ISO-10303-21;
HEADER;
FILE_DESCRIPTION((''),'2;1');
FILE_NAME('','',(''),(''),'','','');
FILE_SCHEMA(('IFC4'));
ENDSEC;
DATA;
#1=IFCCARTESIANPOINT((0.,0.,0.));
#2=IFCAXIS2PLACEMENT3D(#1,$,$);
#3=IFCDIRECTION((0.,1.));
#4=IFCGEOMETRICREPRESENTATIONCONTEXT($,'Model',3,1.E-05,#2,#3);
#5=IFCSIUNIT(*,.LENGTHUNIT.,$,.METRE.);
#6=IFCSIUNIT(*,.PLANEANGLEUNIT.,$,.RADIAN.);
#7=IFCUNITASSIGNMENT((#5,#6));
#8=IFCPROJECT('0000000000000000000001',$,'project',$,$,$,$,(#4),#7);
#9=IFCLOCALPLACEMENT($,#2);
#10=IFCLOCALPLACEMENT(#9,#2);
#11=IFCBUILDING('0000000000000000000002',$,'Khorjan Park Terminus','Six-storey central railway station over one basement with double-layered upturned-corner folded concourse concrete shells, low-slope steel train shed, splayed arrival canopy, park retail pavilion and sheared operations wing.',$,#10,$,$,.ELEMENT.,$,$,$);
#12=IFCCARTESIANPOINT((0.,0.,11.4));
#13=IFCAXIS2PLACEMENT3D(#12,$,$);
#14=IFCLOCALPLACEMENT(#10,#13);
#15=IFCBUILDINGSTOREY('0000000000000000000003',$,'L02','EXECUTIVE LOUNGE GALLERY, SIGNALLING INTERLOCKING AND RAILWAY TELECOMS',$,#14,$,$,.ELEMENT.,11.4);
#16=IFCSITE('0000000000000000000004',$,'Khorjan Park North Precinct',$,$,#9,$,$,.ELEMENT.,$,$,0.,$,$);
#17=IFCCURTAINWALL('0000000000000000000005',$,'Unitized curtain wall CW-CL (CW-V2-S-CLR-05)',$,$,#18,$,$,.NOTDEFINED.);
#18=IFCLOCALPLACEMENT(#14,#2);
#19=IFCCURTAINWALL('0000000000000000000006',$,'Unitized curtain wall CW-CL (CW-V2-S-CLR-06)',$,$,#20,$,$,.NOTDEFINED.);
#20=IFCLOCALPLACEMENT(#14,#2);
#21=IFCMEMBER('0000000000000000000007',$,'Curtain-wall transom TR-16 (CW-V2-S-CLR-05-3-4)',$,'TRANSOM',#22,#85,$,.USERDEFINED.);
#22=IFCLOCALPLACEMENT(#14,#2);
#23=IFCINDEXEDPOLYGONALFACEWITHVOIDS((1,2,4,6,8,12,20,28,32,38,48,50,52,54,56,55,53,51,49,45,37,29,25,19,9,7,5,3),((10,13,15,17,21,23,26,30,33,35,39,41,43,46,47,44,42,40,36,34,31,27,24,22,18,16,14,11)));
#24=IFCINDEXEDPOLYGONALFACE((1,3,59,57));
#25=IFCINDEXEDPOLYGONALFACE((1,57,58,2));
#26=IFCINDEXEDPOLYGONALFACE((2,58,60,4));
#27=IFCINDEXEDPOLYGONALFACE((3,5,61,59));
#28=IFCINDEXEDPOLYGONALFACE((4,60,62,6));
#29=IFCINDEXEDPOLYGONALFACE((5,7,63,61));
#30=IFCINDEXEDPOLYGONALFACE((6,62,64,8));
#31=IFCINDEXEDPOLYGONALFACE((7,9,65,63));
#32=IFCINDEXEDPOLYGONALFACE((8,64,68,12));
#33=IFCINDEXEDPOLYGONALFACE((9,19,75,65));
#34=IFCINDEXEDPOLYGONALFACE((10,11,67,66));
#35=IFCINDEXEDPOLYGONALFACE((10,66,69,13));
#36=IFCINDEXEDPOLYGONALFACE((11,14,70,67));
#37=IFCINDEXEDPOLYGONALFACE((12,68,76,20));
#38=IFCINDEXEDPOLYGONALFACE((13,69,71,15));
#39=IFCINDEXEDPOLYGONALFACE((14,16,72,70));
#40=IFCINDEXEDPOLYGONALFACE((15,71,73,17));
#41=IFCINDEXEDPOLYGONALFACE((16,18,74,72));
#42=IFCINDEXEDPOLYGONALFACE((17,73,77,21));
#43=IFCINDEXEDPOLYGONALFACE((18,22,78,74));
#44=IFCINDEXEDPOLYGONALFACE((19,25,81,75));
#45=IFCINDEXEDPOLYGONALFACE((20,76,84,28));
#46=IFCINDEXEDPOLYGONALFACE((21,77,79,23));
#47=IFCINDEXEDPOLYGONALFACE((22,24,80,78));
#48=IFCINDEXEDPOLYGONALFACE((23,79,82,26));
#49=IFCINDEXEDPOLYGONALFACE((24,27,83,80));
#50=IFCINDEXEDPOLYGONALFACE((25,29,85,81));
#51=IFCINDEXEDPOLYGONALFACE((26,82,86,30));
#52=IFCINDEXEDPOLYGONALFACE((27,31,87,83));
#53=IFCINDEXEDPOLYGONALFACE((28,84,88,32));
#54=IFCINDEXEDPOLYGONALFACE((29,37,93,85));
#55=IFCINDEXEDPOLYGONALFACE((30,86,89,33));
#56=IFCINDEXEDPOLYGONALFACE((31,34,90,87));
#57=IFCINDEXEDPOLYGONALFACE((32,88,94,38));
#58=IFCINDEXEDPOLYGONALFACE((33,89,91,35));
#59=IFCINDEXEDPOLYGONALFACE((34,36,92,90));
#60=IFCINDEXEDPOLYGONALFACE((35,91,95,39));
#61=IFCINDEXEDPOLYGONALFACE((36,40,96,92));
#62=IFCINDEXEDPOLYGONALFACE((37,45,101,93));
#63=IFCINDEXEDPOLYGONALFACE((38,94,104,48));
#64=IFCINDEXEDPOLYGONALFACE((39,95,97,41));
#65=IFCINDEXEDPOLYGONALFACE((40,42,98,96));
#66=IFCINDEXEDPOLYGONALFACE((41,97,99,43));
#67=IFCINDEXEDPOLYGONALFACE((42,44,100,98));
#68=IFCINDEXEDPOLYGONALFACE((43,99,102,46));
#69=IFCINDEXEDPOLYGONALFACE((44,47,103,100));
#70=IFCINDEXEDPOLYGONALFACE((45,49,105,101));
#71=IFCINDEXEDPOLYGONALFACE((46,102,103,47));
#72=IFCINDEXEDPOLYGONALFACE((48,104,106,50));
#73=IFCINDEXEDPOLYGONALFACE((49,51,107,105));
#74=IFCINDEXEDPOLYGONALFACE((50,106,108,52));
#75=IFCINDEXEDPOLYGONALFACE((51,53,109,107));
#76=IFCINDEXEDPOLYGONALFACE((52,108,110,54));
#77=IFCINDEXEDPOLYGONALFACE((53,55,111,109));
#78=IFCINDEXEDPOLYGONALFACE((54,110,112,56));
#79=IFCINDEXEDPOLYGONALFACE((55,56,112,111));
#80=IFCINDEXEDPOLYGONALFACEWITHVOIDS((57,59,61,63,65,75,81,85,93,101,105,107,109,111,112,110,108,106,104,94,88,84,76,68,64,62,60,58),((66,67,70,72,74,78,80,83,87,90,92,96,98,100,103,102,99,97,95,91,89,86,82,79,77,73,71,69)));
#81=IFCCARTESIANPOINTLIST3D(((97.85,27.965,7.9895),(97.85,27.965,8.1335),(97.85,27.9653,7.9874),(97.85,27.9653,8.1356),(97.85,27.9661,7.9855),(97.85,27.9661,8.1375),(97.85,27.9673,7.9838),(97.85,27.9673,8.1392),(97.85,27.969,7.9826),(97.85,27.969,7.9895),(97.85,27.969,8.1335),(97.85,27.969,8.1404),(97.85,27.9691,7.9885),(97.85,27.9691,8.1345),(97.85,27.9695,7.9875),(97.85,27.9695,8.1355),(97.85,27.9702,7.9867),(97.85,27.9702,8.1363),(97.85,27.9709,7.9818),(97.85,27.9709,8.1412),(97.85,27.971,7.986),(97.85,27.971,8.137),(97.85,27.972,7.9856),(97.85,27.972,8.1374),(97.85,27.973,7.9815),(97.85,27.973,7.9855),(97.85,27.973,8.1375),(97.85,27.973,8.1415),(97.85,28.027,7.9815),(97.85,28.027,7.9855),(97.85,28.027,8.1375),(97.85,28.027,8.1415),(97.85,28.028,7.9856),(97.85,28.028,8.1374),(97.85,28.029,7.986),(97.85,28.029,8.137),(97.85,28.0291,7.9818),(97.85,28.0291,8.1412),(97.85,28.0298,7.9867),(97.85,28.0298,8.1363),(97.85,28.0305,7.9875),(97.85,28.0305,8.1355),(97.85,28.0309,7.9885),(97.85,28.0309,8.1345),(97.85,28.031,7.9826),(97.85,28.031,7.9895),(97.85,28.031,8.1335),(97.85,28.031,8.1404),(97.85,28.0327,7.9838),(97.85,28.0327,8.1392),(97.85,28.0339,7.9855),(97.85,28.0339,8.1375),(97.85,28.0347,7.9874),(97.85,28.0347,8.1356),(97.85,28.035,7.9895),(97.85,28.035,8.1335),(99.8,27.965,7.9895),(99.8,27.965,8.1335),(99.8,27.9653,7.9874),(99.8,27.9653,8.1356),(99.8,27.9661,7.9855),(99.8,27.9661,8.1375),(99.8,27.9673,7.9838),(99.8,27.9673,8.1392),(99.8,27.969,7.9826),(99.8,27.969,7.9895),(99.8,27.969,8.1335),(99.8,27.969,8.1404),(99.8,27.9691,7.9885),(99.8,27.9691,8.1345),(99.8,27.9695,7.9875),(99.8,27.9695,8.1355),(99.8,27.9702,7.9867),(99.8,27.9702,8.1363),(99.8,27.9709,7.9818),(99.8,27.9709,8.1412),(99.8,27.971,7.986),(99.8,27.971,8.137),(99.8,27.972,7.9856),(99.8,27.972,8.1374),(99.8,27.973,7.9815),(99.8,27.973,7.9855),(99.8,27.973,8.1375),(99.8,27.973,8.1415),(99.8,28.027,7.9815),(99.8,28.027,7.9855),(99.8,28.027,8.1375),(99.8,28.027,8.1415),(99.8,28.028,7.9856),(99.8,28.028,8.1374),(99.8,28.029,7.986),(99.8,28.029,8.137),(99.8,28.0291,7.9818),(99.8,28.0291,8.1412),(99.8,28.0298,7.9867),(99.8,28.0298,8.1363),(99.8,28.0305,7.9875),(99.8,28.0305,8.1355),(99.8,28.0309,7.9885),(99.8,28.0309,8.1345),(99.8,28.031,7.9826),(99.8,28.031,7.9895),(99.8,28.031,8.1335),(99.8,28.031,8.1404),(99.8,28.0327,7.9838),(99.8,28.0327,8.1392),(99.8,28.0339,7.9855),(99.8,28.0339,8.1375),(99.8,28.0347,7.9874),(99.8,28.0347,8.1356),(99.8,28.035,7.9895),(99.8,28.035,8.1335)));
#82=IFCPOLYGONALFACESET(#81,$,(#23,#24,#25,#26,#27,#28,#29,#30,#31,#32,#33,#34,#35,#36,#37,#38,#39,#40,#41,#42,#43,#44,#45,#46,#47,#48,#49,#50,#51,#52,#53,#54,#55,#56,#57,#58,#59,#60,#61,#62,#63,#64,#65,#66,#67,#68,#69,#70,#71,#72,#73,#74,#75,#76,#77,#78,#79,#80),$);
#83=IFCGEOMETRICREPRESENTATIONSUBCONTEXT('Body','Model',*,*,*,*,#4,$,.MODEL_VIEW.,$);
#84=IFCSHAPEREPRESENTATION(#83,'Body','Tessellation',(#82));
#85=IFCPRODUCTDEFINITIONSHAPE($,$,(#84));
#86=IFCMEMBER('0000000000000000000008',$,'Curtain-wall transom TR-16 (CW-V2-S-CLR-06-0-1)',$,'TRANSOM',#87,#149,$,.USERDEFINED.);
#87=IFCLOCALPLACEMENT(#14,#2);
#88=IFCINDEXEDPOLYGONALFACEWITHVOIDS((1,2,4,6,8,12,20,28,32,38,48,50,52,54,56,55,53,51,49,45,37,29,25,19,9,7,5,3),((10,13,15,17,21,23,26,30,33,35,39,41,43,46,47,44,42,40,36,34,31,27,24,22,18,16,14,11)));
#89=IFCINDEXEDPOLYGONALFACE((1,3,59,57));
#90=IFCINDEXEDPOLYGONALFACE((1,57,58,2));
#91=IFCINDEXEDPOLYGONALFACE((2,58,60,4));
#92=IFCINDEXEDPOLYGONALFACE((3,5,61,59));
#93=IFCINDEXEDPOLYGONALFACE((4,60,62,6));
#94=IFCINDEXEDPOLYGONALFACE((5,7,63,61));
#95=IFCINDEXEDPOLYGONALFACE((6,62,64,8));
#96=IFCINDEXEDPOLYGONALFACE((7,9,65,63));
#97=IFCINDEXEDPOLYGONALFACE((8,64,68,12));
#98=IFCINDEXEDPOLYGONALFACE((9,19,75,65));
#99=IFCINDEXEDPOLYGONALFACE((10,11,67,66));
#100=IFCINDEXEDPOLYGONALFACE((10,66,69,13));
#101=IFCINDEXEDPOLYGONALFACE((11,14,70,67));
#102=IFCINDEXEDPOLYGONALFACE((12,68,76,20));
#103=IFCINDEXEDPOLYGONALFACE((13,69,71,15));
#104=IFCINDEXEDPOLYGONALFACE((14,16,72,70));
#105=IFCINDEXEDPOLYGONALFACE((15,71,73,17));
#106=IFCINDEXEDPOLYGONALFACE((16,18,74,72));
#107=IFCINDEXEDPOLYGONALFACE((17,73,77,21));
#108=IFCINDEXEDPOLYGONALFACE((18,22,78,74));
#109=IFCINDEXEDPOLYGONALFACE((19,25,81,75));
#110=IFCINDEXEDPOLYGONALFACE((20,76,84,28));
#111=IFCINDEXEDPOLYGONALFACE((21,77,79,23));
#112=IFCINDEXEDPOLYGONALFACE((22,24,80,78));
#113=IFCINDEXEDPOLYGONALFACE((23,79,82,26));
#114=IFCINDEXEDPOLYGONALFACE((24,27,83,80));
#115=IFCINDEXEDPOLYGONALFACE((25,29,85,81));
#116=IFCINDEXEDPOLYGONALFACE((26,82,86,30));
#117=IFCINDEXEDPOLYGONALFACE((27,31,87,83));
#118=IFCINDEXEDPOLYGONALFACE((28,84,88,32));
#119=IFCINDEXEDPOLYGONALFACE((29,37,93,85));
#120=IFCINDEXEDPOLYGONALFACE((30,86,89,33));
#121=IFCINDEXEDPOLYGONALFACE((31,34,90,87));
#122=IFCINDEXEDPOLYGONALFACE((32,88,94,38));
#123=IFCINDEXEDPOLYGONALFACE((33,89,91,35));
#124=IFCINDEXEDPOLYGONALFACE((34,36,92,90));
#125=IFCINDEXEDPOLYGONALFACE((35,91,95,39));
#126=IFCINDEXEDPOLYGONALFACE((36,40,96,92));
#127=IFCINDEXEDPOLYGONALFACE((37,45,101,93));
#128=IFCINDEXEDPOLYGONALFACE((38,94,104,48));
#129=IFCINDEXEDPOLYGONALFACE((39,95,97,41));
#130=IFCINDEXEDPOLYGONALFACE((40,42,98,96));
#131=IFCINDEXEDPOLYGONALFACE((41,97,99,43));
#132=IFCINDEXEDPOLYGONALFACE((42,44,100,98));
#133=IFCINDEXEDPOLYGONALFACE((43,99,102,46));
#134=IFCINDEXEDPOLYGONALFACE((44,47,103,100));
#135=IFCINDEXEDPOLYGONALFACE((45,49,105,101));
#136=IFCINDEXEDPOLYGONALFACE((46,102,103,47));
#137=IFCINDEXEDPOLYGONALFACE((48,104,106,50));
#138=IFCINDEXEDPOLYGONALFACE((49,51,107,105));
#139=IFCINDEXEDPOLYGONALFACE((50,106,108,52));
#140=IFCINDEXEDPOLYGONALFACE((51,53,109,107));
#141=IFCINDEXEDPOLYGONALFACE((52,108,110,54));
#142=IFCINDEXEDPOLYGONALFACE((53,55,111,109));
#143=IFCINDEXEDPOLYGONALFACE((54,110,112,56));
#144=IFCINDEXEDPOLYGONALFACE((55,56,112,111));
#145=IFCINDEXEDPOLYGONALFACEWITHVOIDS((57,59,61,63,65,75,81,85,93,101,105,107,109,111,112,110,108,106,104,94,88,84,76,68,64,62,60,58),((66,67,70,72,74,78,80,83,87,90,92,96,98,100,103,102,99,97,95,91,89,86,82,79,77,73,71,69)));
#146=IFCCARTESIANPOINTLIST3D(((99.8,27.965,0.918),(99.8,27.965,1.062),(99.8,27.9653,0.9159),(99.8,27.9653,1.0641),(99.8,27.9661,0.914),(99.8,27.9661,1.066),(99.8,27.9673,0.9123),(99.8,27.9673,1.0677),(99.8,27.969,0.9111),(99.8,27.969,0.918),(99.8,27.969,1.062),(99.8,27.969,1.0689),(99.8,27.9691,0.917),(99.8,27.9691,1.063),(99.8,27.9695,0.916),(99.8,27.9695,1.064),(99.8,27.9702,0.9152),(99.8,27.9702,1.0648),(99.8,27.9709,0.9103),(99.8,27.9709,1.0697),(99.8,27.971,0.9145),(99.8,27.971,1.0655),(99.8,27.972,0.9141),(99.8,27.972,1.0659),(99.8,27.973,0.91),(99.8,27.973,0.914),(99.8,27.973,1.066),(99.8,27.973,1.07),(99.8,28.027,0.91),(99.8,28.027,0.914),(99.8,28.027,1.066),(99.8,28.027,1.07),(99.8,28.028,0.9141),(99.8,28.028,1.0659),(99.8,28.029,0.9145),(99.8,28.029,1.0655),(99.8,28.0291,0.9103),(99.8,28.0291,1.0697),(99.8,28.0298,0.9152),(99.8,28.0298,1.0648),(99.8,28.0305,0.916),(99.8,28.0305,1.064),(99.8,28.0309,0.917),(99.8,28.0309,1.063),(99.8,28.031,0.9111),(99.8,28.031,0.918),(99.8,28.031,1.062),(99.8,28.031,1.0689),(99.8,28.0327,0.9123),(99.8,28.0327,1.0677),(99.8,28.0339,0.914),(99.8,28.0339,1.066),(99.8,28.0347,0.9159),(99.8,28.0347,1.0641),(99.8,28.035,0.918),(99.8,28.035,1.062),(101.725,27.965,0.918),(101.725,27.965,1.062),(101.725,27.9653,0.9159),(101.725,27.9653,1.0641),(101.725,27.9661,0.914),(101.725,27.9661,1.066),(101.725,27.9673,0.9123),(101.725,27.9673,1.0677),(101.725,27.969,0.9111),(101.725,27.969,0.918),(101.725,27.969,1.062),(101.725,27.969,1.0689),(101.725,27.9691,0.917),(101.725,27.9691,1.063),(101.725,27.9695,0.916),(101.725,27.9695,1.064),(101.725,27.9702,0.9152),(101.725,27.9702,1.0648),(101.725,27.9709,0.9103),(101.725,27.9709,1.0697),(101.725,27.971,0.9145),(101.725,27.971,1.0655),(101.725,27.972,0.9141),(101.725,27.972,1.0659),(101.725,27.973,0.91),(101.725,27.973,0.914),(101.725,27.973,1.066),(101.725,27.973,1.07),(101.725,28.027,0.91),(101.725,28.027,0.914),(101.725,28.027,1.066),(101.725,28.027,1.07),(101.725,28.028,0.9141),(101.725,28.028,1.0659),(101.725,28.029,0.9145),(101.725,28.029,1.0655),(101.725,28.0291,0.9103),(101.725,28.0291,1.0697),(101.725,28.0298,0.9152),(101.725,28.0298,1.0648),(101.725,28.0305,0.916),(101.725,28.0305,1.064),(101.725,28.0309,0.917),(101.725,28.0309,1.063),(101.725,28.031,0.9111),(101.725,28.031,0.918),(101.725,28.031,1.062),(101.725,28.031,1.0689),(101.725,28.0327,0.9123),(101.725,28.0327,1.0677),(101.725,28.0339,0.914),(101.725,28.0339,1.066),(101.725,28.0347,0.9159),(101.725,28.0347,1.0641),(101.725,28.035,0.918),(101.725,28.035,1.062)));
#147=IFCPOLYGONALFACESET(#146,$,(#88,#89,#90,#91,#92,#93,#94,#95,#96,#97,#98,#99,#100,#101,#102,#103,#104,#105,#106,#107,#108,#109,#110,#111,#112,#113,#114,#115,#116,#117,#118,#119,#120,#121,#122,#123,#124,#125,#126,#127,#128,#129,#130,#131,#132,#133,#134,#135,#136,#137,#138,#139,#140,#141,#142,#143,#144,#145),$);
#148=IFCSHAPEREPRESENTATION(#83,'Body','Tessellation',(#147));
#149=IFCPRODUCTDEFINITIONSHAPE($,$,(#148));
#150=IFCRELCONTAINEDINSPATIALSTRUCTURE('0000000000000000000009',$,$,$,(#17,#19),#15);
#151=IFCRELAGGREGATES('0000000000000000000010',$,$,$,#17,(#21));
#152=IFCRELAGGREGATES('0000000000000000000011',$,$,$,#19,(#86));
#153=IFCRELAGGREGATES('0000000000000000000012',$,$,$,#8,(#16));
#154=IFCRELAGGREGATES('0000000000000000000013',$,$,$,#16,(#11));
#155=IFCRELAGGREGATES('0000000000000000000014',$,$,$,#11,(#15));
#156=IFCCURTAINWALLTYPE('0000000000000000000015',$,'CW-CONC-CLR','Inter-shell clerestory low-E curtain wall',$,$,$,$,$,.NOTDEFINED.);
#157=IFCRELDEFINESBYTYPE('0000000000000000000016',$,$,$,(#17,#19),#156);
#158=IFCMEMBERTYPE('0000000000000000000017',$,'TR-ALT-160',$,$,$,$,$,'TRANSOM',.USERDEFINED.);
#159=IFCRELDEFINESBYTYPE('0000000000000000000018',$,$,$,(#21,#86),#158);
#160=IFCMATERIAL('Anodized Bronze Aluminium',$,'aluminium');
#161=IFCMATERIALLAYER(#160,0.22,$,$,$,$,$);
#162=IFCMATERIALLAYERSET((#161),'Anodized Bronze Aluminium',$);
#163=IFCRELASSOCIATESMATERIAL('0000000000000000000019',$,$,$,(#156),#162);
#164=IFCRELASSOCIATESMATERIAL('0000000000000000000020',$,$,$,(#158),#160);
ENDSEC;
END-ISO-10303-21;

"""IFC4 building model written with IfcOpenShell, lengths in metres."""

from ifc_helpers import new_model, si_unit, direction, frame, origin, origin_2d, place, context, subcontext, project, spatial, hollow_rectangle, extrude, material, layer, layer_set, material_profile, profile_set, type_object, element, aggregate, save


model = new_model("IFC4")

# Units and contexts
model_context = context("Model", 3, precision=1e-05, world=origin(), true_north=direction((0.0, 1.0)))
body_context = subcontext(model_context, "Body", "Model", "MODEL_VIEW")
ifc_project = project(units=[si_unit("LENGTHUNIT", "METRE"), si_unit("PLANEANGLEUNIT", "RADIAN")], contexts=[model_context])

# Site, building, storey
site_placement = place(None, origin())
site = spatial("IfcSite", under=ifc_project, at=site_placement, Name="Khorjan Park North Precinct", CompositionType="ELEMENT", RefElevation=0.0)
building_placement = place(site_placement, origin())
building = spatial("IfcBuilding", under=site, at=building_placement, Name="Khorjan Park Terminus", Description="Six-storey central railway station over one basement with double-layered upturned-corner folded concourse concrete shells, low-slope steel train shed, splayed arrival canopy, park retail pavilion and sheared operations wing.", CompositionType="ELEMENT")
storey_placement = place(building_placement, frame((0.0, 0.0, 11.4)))
storey = spatial("IfcBuildingStorey", under=building, at=storey_placement, Name="L02", Description="EXECUTIVE LOUNGE GALLERY, SIGNALLING INTERLOCKING AND RAILWAY TELECOMS", CompositionType="ELEMENT", Elevation=11.4)

# Curtain walls
ifc_material_1 = material(Name="Anodized Bronze Aluminium", Category="aluminium")
ifc_layer_1 = layer(ifc_material_1, 0.22)
ifc_layer_set_1 = layer_set([ifc_layer_1], Name="Anodized Bronze Aluminium")
curtain_wall_type = type_object("IfcCurtainWallType", Name="CW-CONC-CLR", Description="Inter-shell clerestory low-E curtain wall", PredefinedType="NOTDEFINED", material=ifc_layer_set_1)
curtain_wall_1_placement = place(storey_placement, origin())
curtain_wall_1 = element("IfcCurtainWall", 1, at=curtain_wall_1_placement, inside=storey, type_object=curtain_wall_type, Name="Unitized curtain wall CW-CL (CW-V2-S-CLR-05)", PredefinedType="NOTDEFINED")
curtain_wall_2_placement = place(storey_placement, origin())
curtain_wall_2 = element("IfcCurtainWall", 2, at=curtain_wall_2_placement, inside=storey, type_object=curtain_wall_type, Name="Unitized curtain wall CW-CL (CW-V2-S-CLR-06)", PredefinedType="NOTDEFINED")

# Members
ifc_material_profile_1 = material_profile(ifc_material_1, hollow_rectangle(XDim=0.07, YDim=0.16, WallThickness=0.004, InnerFilletRadius=0.004, OuterFilletRadius=0.008, at=origin_2d()), Name="ALT 70x160x4")
ifc_profile_set_1 = profile_set([ifc_material_profile_1], Name="Anodized Bronze Aluminium")
member_type_1 = type_object("IfcMemberType", Name="TR-ALT-160", ElementType="TRANSOM", PredefinedType="USERDEFINED", material=ifc_profile_set_1)
member_1_placement = place(storey_placement, frame((97.85, 28.0, 8.0615), z_axis=(1.0, 0.0, 0.0), x_axis=(0.0, 1.0, 0.0)))
member_1 = element("IfcMember", 3, at=member_1_placement, type_object=member_type_1, Name="Curtain-wall transom TR-16 (CW-V2-S-CLR-05-3-4)", ObjectType="TRANSOM", PredefinedType="USERDEFINED", context=body_context, shape_type="SweptSolid", body=[
    extrude(hollow_rectangle(XDim=0.07, YDim=0.16, WallThickness=0.004, InnerFilletRadius=0.004, OuterFilletRadius=0.008, at=origin_2d()), origin(), (0.0, 0.0, 1.0), 1.95),
])
member_2_placement = place(storey_placement, frame((99.8, 28.0, 0.99), z_axis=(1.0, 0.0, 0.0), x_axis=(0.0, 1.0, 0.0)))
member_2 = element("IfcMember", 4, at=member_2_placement, type_object=member_type_1, Name="Curtain-wall transom TR-16 (CW-V2-S-CLR-06-0-1)", ObjectType="TRANSOM", PredefinedType="USERDEFINED", context=body_context, shape_type="SweptSolid", body=[
    extrude(hollow_rectangle(XDim=0.07, YDim=0.16, WallThickness=0.004, InnerFilletRadius=0.004, OuterFilletRadius=0.008, at=origin_2d()), origin(), (0.0, 0.0, 1.0), 1.925),
])

aggregate(curtain_wall_1, [member_1])
aggregate(curtain_wall_2, [member_2])

save(model, "model.ifc")
